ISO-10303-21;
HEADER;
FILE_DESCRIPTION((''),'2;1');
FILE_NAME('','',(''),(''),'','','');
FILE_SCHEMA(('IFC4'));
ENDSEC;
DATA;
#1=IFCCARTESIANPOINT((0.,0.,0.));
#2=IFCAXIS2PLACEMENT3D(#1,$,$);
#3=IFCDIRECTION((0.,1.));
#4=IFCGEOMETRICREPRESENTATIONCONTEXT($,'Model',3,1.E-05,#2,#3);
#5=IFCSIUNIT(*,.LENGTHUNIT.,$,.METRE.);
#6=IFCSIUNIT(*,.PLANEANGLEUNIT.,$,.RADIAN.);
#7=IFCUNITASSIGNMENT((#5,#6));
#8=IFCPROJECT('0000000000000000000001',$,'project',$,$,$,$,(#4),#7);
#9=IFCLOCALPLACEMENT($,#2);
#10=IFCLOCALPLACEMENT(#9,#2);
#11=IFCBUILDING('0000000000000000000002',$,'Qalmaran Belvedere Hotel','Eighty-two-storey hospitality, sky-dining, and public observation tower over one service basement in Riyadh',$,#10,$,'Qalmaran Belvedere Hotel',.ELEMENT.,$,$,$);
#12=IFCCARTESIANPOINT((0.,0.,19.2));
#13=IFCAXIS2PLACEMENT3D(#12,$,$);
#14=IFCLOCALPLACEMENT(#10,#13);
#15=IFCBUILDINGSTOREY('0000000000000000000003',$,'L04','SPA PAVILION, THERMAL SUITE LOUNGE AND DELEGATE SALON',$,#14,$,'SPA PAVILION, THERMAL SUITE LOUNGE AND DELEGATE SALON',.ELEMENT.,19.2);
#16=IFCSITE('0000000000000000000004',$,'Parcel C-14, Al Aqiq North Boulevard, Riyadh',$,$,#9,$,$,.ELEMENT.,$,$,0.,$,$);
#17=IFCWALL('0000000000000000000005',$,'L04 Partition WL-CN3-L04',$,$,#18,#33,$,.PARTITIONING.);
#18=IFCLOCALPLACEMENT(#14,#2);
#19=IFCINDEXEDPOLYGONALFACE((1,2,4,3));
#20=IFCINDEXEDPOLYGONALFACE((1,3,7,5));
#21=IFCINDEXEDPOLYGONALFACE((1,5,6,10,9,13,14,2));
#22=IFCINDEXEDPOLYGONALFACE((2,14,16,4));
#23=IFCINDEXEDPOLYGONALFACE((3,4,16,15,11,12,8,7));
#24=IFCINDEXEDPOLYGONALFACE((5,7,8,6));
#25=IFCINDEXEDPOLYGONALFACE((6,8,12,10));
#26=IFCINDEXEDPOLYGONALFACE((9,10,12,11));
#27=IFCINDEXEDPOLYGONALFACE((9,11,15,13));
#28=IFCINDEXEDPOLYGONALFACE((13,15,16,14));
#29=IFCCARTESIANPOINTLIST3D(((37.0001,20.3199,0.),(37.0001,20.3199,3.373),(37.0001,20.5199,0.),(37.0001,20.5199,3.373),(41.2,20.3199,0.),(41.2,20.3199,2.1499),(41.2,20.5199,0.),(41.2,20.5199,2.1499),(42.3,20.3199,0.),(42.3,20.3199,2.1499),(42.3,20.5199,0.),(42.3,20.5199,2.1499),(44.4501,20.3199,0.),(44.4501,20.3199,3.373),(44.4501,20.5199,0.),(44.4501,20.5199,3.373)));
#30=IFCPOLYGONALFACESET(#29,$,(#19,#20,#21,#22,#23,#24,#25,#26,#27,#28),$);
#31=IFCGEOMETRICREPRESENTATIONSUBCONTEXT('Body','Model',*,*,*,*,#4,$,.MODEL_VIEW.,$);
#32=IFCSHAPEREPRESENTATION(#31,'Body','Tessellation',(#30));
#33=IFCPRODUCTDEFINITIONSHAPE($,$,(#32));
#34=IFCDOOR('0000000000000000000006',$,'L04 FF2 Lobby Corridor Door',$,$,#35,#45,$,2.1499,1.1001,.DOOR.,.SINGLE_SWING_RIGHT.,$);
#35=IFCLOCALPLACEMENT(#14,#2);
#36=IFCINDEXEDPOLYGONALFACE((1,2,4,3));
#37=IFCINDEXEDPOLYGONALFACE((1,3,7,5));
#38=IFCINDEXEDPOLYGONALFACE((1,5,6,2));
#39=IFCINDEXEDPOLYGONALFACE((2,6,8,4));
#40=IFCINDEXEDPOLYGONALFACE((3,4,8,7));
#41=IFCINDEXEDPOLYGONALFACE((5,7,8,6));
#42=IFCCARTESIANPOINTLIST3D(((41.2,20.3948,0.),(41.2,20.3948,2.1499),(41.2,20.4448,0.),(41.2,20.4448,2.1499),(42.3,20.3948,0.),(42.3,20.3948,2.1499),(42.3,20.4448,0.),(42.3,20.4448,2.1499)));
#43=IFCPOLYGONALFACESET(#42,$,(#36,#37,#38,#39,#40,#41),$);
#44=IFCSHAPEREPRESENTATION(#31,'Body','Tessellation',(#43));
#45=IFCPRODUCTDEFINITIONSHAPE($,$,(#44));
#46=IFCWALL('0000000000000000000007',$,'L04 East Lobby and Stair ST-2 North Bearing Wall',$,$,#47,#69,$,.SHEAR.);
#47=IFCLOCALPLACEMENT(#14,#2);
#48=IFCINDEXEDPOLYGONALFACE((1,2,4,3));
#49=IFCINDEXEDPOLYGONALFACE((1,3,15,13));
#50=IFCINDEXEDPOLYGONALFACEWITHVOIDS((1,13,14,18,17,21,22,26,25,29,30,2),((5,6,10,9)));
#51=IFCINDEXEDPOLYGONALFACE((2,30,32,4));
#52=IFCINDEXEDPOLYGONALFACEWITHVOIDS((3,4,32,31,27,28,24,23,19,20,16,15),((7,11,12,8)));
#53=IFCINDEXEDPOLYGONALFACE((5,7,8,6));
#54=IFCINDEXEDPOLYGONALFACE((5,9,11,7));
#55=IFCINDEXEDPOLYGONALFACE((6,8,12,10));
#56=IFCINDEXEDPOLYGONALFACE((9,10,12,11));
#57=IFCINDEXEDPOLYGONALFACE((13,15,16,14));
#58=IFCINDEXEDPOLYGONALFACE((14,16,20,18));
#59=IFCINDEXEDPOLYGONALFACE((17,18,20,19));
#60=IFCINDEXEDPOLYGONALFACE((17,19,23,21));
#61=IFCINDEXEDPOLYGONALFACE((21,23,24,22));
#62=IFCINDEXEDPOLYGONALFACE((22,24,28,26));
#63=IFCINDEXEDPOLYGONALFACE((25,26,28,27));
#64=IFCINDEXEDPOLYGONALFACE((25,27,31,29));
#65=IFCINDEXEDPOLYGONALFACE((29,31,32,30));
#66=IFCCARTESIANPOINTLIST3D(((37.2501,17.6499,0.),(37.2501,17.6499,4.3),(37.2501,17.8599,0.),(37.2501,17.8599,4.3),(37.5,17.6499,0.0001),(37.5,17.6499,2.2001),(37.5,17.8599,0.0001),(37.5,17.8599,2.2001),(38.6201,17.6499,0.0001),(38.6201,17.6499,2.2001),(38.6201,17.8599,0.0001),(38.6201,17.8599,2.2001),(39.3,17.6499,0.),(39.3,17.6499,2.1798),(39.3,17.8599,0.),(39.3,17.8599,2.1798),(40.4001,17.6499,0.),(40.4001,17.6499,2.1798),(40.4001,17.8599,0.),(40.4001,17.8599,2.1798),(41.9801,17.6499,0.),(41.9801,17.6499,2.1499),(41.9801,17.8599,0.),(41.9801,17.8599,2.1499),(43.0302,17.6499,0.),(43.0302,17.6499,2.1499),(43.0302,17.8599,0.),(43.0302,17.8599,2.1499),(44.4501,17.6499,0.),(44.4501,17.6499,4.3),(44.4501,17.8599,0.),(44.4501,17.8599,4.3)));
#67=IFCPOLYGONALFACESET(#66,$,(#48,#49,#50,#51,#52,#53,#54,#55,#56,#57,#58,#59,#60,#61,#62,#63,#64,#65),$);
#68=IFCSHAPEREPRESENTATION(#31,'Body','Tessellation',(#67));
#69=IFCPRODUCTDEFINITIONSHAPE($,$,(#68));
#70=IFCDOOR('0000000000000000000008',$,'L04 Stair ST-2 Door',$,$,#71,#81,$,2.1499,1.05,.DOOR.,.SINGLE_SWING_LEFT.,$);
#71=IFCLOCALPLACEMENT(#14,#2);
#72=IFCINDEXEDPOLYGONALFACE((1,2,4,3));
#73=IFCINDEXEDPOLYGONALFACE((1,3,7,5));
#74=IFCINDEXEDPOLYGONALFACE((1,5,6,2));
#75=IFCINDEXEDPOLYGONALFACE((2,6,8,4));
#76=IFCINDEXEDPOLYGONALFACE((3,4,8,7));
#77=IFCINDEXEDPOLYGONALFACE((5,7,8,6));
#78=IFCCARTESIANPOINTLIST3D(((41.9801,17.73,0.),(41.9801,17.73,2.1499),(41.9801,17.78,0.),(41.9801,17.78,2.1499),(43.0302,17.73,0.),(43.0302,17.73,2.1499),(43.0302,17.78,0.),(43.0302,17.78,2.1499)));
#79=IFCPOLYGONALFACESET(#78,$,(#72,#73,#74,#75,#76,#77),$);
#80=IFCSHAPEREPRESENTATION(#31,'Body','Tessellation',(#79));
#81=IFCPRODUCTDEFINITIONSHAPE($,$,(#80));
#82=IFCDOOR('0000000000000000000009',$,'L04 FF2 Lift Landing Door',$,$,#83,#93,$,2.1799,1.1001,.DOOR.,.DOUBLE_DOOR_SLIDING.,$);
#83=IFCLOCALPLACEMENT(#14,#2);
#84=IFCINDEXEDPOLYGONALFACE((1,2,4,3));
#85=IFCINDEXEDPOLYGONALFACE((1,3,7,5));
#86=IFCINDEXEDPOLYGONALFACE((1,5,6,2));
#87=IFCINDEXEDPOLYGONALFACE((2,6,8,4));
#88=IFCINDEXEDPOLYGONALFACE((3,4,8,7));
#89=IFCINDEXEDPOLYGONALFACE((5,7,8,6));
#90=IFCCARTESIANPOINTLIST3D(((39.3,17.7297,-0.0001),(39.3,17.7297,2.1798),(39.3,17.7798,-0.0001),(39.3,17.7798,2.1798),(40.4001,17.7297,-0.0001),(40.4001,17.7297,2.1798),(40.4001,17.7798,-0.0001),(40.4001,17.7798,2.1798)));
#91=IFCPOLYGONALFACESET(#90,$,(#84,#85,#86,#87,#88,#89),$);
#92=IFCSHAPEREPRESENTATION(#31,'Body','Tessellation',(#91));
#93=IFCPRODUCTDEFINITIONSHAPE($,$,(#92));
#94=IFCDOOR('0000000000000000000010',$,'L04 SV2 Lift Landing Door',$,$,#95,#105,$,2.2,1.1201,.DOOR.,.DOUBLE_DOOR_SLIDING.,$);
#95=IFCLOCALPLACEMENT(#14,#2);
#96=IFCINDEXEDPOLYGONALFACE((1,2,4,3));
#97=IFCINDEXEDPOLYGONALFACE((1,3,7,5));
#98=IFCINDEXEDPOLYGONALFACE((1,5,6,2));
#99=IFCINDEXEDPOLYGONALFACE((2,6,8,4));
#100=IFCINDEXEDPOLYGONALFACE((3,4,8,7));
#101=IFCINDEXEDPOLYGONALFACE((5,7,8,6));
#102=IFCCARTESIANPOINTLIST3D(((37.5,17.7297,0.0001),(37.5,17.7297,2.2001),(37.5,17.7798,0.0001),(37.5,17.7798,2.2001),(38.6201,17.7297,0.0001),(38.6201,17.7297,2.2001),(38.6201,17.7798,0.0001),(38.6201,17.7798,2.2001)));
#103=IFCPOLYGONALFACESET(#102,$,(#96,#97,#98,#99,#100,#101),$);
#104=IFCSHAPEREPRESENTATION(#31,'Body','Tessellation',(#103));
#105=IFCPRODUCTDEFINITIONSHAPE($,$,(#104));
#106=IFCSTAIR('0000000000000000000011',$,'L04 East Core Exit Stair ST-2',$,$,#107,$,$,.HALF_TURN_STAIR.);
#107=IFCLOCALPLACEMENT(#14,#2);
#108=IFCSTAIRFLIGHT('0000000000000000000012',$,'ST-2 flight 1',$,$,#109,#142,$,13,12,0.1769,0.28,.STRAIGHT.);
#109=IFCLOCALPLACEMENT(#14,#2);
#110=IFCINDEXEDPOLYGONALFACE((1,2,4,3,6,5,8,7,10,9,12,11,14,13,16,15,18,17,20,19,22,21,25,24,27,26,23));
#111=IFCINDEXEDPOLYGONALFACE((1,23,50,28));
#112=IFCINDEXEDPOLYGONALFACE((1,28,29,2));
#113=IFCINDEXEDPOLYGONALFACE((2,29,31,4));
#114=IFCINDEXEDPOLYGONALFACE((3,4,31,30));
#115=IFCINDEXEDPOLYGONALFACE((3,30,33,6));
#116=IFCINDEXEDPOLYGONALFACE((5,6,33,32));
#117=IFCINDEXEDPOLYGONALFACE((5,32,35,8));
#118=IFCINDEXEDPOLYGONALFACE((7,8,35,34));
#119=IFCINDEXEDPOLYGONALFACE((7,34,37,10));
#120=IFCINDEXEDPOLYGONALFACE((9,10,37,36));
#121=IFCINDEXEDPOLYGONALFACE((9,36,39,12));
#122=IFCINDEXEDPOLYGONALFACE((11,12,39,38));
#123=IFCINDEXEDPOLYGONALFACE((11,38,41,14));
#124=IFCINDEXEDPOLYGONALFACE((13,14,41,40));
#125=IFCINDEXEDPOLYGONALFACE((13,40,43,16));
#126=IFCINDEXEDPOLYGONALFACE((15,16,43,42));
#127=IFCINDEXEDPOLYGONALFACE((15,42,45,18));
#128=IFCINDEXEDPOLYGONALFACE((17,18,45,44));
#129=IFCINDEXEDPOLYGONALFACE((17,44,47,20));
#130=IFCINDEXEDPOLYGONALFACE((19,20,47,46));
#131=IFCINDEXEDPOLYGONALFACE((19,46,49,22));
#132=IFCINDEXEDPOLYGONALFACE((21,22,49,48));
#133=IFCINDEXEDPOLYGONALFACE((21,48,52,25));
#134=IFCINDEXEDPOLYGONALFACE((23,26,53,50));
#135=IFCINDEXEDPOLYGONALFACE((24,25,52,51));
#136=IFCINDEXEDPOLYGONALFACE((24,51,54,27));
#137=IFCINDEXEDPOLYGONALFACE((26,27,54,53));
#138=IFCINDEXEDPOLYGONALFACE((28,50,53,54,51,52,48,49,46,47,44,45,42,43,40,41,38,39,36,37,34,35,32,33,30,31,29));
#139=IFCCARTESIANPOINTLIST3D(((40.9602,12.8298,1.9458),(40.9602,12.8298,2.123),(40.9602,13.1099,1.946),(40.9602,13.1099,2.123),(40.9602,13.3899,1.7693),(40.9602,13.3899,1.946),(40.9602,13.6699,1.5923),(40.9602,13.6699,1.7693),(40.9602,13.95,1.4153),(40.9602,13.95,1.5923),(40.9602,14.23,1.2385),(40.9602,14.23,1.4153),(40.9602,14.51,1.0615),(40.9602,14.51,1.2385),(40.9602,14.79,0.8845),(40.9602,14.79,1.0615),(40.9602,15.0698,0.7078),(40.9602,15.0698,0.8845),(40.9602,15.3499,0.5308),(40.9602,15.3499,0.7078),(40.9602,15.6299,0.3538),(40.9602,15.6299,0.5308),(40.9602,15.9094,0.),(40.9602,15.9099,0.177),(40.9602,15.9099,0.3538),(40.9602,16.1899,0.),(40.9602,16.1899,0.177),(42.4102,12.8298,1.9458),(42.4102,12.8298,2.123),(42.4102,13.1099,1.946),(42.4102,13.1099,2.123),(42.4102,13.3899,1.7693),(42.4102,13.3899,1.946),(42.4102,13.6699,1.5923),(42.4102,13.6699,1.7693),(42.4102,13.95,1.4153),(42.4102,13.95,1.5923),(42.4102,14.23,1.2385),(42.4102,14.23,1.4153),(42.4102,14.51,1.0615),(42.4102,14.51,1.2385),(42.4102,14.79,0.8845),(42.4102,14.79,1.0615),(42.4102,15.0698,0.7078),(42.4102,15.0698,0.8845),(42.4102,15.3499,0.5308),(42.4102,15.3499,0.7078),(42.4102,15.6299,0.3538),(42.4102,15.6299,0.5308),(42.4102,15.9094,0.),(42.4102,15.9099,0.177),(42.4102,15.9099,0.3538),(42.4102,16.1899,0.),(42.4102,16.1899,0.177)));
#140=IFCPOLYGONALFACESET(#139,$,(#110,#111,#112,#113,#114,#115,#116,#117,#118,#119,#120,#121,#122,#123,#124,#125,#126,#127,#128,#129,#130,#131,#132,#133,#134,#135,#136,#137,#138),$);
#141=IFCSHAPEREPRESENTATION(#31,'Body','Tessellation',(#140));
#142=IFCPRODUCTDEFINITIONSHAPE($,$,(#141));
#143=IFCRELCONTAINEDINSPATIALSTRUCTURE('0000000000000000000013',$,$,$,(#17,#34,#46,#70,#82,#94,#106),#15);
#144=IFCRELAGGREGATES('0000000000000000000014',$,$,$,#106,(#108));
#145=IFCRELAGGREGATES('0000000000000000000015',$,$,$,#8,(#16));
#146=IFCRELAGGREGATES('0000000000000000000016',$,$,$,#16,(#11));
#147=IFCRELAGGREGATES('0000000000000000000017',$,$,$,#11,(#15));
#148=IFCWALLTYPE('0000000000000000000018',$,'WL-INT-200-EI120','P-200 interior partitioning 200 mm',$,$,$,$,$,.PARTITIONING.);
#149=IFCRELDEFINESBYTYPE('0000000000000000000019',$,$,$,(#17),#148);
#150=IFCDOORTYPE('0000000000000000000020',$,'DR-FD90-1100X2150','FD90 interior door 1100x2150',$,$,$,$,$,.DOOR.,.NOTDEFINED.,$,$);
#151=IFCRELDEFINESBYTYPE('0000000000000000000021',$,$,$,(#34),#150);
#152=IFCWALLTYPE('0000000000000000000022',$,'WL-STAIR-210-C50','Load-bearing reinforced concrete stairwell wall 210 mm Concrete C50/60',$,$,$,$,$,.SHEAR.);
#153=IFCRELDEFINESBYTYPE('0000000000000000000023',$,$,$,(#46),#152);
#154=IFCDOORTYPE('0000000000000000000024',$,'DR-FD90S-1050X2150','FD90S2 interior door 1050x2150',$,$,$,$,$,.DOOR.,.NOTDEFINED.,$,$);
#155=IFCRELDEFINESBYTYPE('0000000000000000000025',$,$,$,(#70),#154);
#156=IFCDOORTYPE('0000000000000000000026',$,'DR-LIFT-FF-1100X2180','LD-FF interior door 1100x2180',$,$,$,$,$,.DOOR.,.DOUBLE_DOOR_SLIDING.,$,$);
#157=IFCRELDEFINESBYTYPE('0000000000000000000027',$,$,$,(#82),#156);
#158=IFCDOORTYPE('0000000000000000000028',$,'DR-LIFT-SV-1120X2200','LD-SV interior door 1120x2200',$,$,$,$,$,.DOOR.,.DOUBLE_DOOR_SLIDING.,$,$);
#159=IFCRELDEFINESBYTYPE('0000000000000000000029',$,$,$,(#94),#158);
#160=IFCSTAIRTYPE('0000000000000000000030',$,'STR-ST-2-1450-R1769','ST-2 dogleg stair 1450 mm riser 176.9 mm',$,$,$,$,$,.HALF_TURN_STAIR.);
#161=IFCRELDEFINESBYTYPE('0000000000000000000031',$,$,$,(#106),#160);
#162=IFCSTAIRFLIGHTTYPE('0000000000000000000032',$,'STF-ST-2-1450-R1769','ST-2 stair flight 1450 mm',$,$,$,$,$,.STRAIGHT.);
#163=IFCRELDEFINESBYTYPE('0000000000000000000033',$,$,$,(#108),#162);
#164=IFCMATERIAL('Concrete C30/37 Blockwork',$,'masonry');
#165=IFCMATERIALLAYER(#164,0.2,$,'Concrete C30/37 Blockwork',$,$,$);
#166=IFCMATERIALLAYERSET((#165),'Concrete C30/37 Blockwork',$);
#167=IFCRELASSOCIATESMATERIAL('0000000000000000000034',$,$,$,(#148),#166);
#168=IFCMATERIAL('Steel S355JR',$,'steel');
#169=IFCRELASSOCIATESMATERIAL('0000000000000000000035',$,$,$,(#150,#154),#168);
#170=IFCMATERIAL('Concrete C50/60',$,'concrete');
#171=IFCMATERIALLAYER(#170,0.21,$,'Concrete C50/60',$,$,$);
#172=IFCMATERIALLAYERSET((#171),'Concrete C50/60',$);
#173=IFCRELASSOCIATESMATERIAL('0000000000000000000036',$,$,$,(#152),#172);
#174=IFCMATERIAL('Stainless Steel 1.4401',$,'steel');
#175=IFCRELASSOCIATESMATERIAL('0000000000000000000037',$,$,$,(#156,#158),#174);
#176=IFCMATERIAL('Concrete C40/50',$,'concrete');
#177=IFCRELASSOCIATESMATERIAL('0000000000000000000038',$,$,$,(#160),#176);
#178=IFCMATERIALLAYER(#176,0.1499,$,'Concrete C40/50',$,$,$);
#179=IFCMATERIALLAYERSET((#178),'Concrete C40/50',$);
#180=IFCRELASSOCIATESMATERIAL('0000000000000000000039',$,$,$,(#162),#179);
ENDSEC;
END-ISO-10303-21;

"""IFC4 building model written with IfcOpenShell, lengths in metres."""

from ifc_helpers import new_model, si_unit, direction, frame, frame_2d, origin, place, context, subcontext, project, spatial, polyline, rectangle, outline, extrude, material, layer, layer_set, type_object, element, fill, aggregate, save


model = new_model("IFC4")

# Units and contexts
model_context = context("Model", 3, precision=1e-05, world=origin(), true_north=direction((0.0, 1.0)))
body_context = subcontext(model_context, "Body", "Model", "MODEL_VIEW")
ifc_project = project(units=[si_unit("LENGTHUNIT", "METRE"), si_unit("PLANEANGLEUNIT", "RADIAN")], contexts=[model_context])

# Site, building, storey
site_placement = place(None, origin())
site = spatial("IfcSite", under=ifc_project, at=site_placement, Name="Parcel C-14, Al Aqiq North Boulevard, Riyadh", CompositionType="ELEMENT", RefElevation=0.0)
building_placement = place(site_placement, origin())
building = spatial("IfcBuilding", under=site, at=building_placement, Name="Qalmaran Belvedere Hotel", Description="Eighty-two-storey hospitality, sky-dining, and public observation tower over one service basement in Riyadh", LongName="Qalmaran Belvedere Hotel", CompositionType="ELEMENT")
storey_placement = place(building_placement, frame((0.0, 0.0, 19.2)))
storey = spatial("IfcBuildingStorey", under=building, at=storey_placement, Name="L04", Description="SPA PAVILION, THERMAL SUITE LOUNGE AND DELEGATE SALON", LongName="SPA PAVILION, THERMAL SUITE LOUNGE AND DELEGATE SALON", CompositionType="ELEMENT", Elevation=19.2)

# Shared definitions
ifc_material_1 = material(Name="Steel S355JR", Category="steel")

# Wall, opening, door
ifc_material_2 = material(Name="Concrete C30/37 Blockwork", Category="masonry")
ifc_layer_1 = layer(ifc_material_2, 0.2, Name="Concrete C30/37 Blockwork")
ifc_layer_set_1 = layer_set([ifc_layer_1], Name="Concrete C30/37 Blockwork")
wall_type_1 = type_object("IfcWallType", Name="WL-INT-200-EI120", Description="P-200 interior partitioning 200 mm", PredefinedType="PARTITIONING", material=ifc_layer_set_1)
wall_1_placement = place(storey_placement, frame((37.0, 20.4199, 0.0), z_axis=(0.0, 0.0, 1.0), x_axis=(1.0, 0.0, 0.0)))
wall_1 = element("IfcWall", 1, at=wall_1_placement, inside=storey, type_object=wall_type_1, Name="L04 Partition WL-CN3-L04", PredefinedType="PARTITIONING", context=body_context, shape_type="SweptSolid", body=[
    extrude(rectangle(XDim=7.45, YDim=0.2, at=frame_2d((3.7251, 0.0))), origin(), (0.0, 0.0, 1.0), 3.373),
])
opening_1_placement = place(wall_1_placement, frame((4.2, 0.0, 0.0)))
opening_1 = element("IfcOpeningElement", 2, at=opening_1_placement, cuts=wall_1, PredefinedType="OPENING", context=body_context, shape_type="SweptSolid", body=[
    extrude(rectangle(XDim=1.1001, YDim=2.1499, at=frame_2d((0.55, 1.075))), frame((0.0, 0.1099, 0.0), z_axis=(0.0, -1.0, 0.0), x_axis=(1.0, 0.0, 0.0)), (0.0, 0.0, 1.0), 0.22),
])
door_type_1 = type_object("IfcDoorType", Name="DR-FD90-1100X2150", Description="FD90 interior door 1100x2150", OperationType="NOTDEFINED", PredefinedType="DOOR", material=ifc_material_1)
door_1_placement = place(opening_1_placement, origin())
door_1 = element("IfcDoor", 3, at=door_1_placement, inside=storey, type_object=door_type_1, Name="L04 FF2 Lobby Corridor Door", OperationType="SINGLE_SWING_RIGHT", OverallHeight=2.1499, OverallWidth=1.1001, PredefinedType="DOOR", context=body_context, shape_type="SweptSolid", body=[
    extrude(rectangle(XDim=1.1001, YDim=2.1499, at=frame_2d((0.55, 1.075))), frame((0.0, 0.0249, 0.0), z_axis=(0.0, -1.0, 0.0), x_axis=(1.0, 0.0, 0.0)), (0.0, 0.0, 1.0), 0.05),
])
fill(opening_1, door_1)

# Wall, openings, doors
ifc_material_3 = material(Name="Concrete C50/60", Category="concrete")
ifc_layer_2 = layer(ifc_material_3, 0.21, Name="Concrete C50/60")
ifc_layer_set_2 = layer_set([ifc_layer_2], Name="Concrete C50/60")
wall_type_2 = type_object("IfcWallType", Name="WL-STAIR-210-C50", Description="Load-bearing reinforced concrete stairwell wall 210 mm Concrete C50/60", PredefinedType="SHEAR", material=ifc_layer_set_2)
wall_2_placement = place(storey_placement, frame((37.25, 17.7549, 0.0), z_axis=(0.0, 0.0, 1.0), x_axis=(1.0, 0.0, 0.0)))
wall_2 = element("IfcWall", 4, at=wall_2_placement, inside=storey, type_object=wall_type_2, Name="L04 East Lobby and Stair ST-2 North Bearing Wall", PredefinedType="SHEAR", context=body_context, shape_type="SweptSolid", body=[
    extrude(rectangle(XDim=7.2, YDim=0.21, at=frame_2d((3.6001, 0.0))), origin(), (0.0, 0.0, 1.0), 4.3),
])
opening_2_placement = place(wall_2_placement, frame((0.25, 0.0, 0.0)))
opening_2 = element("IfcOpeningElement", 5, at=opening_2_placement, cuts=wall_2, PredefinedType="OPENING", context=body_context, shape_type="SweptSolid", body=[
    extrude(rectangle(XDim=1.1201, YDim=2.2, at=frame_2d((0.5601, 1.1001))), frame((0.0, 0.115, 0.0), z_axis=(0.0, -1.0, 0.0), x_axis=(1.0, 0.0, 0.0)), (0.0, 0.0, 1.0), 0.23),
])
opening_3_placement = place(wall_2_placement, frame((2.05, 0.0, 0.0)))
opening_3 = element("IfcOpeningElement", 6, at=opening_3_placement, cuts=wall_2, PredefinedType="OPENING", context=body_context, shape_type="SweptSolid", body=[
    extrude(rectangle(XDim=1.1001, YDim=2.1799, at=frame_2d((0.55, 1.0898))), frame((0.0, 0.115, 0.0), z_axis=(0.0, -1.0, 0.0), x_axis=(1.0, 0.0, 0.0)), (0.0, 0.0, 1.0), 0.23),
])
opening_4_placement = place(wall_2_placement, frame((5.78, 0.0, 0.0), z_axis=(0.0, 0.0, 1.0), x_axis=(-1.0, 0.0, 0.0)))
opening_4 = element("IfcOpeningElement", 7, at=opening_4_placement, cuts=wall_2, PredefinedType="OPENING", context=body_context, shape_type="SweptSolid", body=[
    extrude(rectangle(XDim=1.05, YDim=2.1499, at=frame_2d((0.5249, 1.075))), frame((0.0, 0.115, 0.0), z_axis=(0.0, -1.0, 0.0), x_axis=(1.0, 0.0, 0.0)), (0.0, 0.0, 1.0), 0.23),
])
door_type_2 = type_object("IfcDoorType", Name="DR-FD90S-1050X2150", Description="FD90S2 interior door 1050x2150", OperationType="NOTDEFINED", PredefinedType="DOOR", material=ifc_material_1)
door_2_placement = place(opening_4_placement, origin())
door_2 = element("IfcDoor", 8, at=door_2_placement, inside=storey, type_object=door_type_2, Name="L04 Stair ST-2 Door", OperationType="SINGLE_SWING_LEFT", OverallHeight=2.1499, OverallWidth=1.05, PredefinedType="DOOR", context=body_context, shape_type="SweptSolid", body=[
    extrude(rectangle(XDim=1.05, YDim=2.1499, at=frame_2d((0.5249, 1.075))), frame((0.0, 0.0249, 0.0), z_axis=(0.0, -1.0, 0.0), x_axis=(1.0, 0.0, 0.0)), (0.0, 0.0, 1.0), 0.05),
])
fill(opening_4, door_2)
ifc_material_4 = material(Name="Stainless Steel 1.4401", Category="steel")
door_type_3 = type_object("IfcDoorType", Name="DR-LIFT-FF-1100X2180", Description="LD-FF interior door 1100x2180", OperationType="DOUBLE_DOOR_SLIDING", PredefinedType="DOOR", material=ifc_material_4)
door_3_placement = place(opening_3_placement, origin())
door_3 = element("IfcDoor", 9, at=door_3_placement, inside=storey, type_object=door_type_3, Name="L04 FF2 Lift Landing Door", OperationType="DOUBLE_DOOR_SLIDING", OverallHeight=2.1799, OverallWidth=1.1001, PredefinedType="DOOR", context=body_context, shape_type="SweptSolid", body=[
    extrude(rectangle(XDim=1.1001, YDim=2.1799, at=frame_2d((0.55, 1.0898))), frame((0.0, 0.0249, 0.0), z_axis=(0.0, -1.0, 0.0), x_axis=(1.0, 0.0, 0.0)), (0.0, 0.0, 1.0), 0.05),
])
fill(opening_3, door_3)
door_type_4 = type_object("IfcDoorType", Name="DR-LIFT-SV-1120X2200", Description="LD-SV interior door 1120x2200", OperationType="DOUBLE_DOOR_SLIDING", PredefinedType="DOOR", material=ifc_material_4)
door_4_placement = place(opening_2_placement, origin())
door_4 = element("IfcDoor", 10, at=door_4_placement, inside=storey, type_object=door_type_4, Name="L04 SV2 Lift Landing Door", OperationType="DOUBLE_DOOR_SLIDING", OverallHeight=2.2, OverallWidth=1.1201, PredefinedType="DOOR", context=body_context, shape_type="SweptSolid", body=[
    extrude(rectangle(XDim=1.1201, YDim=2.2, at=frame_2d((0.5601, 1.1001))), frame((0.0, 0.0249, 0.0), z_axis=(0.0, -1.0, 0.0), x_axis=(1.0, 0.0, 0.0)), (0.0, 0.0, 1.0), 0.05),
])
fill(opening_2, door_4)

# Stair, stair flight
ifc_material_5 = material(Name="Concrete C40/50", Category="concrete")
stair_type = type_object("IfcStairType", Name="STR-ST-2-1450-R1769", Description="ST-2 dogleg stair 1450 mm riser 176.9 mm", PredefinedType="HALF_TURN_STAIR", material=ifc_material_5)
stair_placement = place(storey_placement, origin())
stair = element("IfcStair", 11, at=stair_placement, inside=storey, type_object=stair_type, Name="L04 East Core Exit Stair ST-2", PredefinedType="HALF_TURN_STAIR")
ifc_layer_3 = layer(ifc_material_5, 0.1499, Name="Concrete C40/50")
ifc_layer_set_3 = layer_set([ifc_layer_3], Name="Concrete C40/50")
stair_flight_type = type_object("IfcStairFlightType", Name="STF-ST-2-1450-R1769", Description="ST-2 stair flight 1450 mm", PredefinedType="STRAIGHT", material=ifc_layer_set_3)
stair_flight_placement = place(storey_placement, frame((41.6851, 16.1899, 0.0), z_axis=(0.0, 0.0, 1.0), x_axis=(0.0, -1.0, 0.0)))
stair_flight = element("IfcStairFlight", 12, at=stair_flight_placement, type_object=stair_flight_type, Name="ST-2 flight 1", NumberOfRisers=13, NumberOfTreads=12, PredefinedType="STRAIGHT", RiserHeight=0.1769, TreadLength=0.28, context=body_context, shape_type="SweptSolid", body=[
    extrude(outline(polyline([(0.0, 0.0), (0.0, 0.177), (0.28, 0.177), (0.28, 0.3538), (0.5601, 0.3538), (0.5601, 0.5308), (0.8401, 0.5308), (0.8401, 0.7078), (1.1201, 0.7078), (1.1201, 0.8845), (1.3999, 0.8845), (1.3999, 1.0615), (1.6799, 1.0615), (1.6799, 1.2385), (1.96, 1.2385), (1.96, 1.4153), (2.24, 1.4153), (2.24, 1.5923), (2.52, 1.5923), (2.52, 1.7693), (2.8, 1.7693), (2.8, 1.946), (3.0801, 1.946), (3.0801, 2.123), (3.3601, 2.123), (3.3601, 2.3), (3.3601, 1.9458), (0.2805, 0.0), (0.0, 0.0)])), frame((0.0, 0.7251, 0.0), z_axis=(0.0, -1.0, 0.0), x_axis=(1.0, 0.0, 0.0)), (0.0, 0.0, 1.0), 1.45),
])
aggregate(stair, [stair_flight])

save(model, "model.ifc")
